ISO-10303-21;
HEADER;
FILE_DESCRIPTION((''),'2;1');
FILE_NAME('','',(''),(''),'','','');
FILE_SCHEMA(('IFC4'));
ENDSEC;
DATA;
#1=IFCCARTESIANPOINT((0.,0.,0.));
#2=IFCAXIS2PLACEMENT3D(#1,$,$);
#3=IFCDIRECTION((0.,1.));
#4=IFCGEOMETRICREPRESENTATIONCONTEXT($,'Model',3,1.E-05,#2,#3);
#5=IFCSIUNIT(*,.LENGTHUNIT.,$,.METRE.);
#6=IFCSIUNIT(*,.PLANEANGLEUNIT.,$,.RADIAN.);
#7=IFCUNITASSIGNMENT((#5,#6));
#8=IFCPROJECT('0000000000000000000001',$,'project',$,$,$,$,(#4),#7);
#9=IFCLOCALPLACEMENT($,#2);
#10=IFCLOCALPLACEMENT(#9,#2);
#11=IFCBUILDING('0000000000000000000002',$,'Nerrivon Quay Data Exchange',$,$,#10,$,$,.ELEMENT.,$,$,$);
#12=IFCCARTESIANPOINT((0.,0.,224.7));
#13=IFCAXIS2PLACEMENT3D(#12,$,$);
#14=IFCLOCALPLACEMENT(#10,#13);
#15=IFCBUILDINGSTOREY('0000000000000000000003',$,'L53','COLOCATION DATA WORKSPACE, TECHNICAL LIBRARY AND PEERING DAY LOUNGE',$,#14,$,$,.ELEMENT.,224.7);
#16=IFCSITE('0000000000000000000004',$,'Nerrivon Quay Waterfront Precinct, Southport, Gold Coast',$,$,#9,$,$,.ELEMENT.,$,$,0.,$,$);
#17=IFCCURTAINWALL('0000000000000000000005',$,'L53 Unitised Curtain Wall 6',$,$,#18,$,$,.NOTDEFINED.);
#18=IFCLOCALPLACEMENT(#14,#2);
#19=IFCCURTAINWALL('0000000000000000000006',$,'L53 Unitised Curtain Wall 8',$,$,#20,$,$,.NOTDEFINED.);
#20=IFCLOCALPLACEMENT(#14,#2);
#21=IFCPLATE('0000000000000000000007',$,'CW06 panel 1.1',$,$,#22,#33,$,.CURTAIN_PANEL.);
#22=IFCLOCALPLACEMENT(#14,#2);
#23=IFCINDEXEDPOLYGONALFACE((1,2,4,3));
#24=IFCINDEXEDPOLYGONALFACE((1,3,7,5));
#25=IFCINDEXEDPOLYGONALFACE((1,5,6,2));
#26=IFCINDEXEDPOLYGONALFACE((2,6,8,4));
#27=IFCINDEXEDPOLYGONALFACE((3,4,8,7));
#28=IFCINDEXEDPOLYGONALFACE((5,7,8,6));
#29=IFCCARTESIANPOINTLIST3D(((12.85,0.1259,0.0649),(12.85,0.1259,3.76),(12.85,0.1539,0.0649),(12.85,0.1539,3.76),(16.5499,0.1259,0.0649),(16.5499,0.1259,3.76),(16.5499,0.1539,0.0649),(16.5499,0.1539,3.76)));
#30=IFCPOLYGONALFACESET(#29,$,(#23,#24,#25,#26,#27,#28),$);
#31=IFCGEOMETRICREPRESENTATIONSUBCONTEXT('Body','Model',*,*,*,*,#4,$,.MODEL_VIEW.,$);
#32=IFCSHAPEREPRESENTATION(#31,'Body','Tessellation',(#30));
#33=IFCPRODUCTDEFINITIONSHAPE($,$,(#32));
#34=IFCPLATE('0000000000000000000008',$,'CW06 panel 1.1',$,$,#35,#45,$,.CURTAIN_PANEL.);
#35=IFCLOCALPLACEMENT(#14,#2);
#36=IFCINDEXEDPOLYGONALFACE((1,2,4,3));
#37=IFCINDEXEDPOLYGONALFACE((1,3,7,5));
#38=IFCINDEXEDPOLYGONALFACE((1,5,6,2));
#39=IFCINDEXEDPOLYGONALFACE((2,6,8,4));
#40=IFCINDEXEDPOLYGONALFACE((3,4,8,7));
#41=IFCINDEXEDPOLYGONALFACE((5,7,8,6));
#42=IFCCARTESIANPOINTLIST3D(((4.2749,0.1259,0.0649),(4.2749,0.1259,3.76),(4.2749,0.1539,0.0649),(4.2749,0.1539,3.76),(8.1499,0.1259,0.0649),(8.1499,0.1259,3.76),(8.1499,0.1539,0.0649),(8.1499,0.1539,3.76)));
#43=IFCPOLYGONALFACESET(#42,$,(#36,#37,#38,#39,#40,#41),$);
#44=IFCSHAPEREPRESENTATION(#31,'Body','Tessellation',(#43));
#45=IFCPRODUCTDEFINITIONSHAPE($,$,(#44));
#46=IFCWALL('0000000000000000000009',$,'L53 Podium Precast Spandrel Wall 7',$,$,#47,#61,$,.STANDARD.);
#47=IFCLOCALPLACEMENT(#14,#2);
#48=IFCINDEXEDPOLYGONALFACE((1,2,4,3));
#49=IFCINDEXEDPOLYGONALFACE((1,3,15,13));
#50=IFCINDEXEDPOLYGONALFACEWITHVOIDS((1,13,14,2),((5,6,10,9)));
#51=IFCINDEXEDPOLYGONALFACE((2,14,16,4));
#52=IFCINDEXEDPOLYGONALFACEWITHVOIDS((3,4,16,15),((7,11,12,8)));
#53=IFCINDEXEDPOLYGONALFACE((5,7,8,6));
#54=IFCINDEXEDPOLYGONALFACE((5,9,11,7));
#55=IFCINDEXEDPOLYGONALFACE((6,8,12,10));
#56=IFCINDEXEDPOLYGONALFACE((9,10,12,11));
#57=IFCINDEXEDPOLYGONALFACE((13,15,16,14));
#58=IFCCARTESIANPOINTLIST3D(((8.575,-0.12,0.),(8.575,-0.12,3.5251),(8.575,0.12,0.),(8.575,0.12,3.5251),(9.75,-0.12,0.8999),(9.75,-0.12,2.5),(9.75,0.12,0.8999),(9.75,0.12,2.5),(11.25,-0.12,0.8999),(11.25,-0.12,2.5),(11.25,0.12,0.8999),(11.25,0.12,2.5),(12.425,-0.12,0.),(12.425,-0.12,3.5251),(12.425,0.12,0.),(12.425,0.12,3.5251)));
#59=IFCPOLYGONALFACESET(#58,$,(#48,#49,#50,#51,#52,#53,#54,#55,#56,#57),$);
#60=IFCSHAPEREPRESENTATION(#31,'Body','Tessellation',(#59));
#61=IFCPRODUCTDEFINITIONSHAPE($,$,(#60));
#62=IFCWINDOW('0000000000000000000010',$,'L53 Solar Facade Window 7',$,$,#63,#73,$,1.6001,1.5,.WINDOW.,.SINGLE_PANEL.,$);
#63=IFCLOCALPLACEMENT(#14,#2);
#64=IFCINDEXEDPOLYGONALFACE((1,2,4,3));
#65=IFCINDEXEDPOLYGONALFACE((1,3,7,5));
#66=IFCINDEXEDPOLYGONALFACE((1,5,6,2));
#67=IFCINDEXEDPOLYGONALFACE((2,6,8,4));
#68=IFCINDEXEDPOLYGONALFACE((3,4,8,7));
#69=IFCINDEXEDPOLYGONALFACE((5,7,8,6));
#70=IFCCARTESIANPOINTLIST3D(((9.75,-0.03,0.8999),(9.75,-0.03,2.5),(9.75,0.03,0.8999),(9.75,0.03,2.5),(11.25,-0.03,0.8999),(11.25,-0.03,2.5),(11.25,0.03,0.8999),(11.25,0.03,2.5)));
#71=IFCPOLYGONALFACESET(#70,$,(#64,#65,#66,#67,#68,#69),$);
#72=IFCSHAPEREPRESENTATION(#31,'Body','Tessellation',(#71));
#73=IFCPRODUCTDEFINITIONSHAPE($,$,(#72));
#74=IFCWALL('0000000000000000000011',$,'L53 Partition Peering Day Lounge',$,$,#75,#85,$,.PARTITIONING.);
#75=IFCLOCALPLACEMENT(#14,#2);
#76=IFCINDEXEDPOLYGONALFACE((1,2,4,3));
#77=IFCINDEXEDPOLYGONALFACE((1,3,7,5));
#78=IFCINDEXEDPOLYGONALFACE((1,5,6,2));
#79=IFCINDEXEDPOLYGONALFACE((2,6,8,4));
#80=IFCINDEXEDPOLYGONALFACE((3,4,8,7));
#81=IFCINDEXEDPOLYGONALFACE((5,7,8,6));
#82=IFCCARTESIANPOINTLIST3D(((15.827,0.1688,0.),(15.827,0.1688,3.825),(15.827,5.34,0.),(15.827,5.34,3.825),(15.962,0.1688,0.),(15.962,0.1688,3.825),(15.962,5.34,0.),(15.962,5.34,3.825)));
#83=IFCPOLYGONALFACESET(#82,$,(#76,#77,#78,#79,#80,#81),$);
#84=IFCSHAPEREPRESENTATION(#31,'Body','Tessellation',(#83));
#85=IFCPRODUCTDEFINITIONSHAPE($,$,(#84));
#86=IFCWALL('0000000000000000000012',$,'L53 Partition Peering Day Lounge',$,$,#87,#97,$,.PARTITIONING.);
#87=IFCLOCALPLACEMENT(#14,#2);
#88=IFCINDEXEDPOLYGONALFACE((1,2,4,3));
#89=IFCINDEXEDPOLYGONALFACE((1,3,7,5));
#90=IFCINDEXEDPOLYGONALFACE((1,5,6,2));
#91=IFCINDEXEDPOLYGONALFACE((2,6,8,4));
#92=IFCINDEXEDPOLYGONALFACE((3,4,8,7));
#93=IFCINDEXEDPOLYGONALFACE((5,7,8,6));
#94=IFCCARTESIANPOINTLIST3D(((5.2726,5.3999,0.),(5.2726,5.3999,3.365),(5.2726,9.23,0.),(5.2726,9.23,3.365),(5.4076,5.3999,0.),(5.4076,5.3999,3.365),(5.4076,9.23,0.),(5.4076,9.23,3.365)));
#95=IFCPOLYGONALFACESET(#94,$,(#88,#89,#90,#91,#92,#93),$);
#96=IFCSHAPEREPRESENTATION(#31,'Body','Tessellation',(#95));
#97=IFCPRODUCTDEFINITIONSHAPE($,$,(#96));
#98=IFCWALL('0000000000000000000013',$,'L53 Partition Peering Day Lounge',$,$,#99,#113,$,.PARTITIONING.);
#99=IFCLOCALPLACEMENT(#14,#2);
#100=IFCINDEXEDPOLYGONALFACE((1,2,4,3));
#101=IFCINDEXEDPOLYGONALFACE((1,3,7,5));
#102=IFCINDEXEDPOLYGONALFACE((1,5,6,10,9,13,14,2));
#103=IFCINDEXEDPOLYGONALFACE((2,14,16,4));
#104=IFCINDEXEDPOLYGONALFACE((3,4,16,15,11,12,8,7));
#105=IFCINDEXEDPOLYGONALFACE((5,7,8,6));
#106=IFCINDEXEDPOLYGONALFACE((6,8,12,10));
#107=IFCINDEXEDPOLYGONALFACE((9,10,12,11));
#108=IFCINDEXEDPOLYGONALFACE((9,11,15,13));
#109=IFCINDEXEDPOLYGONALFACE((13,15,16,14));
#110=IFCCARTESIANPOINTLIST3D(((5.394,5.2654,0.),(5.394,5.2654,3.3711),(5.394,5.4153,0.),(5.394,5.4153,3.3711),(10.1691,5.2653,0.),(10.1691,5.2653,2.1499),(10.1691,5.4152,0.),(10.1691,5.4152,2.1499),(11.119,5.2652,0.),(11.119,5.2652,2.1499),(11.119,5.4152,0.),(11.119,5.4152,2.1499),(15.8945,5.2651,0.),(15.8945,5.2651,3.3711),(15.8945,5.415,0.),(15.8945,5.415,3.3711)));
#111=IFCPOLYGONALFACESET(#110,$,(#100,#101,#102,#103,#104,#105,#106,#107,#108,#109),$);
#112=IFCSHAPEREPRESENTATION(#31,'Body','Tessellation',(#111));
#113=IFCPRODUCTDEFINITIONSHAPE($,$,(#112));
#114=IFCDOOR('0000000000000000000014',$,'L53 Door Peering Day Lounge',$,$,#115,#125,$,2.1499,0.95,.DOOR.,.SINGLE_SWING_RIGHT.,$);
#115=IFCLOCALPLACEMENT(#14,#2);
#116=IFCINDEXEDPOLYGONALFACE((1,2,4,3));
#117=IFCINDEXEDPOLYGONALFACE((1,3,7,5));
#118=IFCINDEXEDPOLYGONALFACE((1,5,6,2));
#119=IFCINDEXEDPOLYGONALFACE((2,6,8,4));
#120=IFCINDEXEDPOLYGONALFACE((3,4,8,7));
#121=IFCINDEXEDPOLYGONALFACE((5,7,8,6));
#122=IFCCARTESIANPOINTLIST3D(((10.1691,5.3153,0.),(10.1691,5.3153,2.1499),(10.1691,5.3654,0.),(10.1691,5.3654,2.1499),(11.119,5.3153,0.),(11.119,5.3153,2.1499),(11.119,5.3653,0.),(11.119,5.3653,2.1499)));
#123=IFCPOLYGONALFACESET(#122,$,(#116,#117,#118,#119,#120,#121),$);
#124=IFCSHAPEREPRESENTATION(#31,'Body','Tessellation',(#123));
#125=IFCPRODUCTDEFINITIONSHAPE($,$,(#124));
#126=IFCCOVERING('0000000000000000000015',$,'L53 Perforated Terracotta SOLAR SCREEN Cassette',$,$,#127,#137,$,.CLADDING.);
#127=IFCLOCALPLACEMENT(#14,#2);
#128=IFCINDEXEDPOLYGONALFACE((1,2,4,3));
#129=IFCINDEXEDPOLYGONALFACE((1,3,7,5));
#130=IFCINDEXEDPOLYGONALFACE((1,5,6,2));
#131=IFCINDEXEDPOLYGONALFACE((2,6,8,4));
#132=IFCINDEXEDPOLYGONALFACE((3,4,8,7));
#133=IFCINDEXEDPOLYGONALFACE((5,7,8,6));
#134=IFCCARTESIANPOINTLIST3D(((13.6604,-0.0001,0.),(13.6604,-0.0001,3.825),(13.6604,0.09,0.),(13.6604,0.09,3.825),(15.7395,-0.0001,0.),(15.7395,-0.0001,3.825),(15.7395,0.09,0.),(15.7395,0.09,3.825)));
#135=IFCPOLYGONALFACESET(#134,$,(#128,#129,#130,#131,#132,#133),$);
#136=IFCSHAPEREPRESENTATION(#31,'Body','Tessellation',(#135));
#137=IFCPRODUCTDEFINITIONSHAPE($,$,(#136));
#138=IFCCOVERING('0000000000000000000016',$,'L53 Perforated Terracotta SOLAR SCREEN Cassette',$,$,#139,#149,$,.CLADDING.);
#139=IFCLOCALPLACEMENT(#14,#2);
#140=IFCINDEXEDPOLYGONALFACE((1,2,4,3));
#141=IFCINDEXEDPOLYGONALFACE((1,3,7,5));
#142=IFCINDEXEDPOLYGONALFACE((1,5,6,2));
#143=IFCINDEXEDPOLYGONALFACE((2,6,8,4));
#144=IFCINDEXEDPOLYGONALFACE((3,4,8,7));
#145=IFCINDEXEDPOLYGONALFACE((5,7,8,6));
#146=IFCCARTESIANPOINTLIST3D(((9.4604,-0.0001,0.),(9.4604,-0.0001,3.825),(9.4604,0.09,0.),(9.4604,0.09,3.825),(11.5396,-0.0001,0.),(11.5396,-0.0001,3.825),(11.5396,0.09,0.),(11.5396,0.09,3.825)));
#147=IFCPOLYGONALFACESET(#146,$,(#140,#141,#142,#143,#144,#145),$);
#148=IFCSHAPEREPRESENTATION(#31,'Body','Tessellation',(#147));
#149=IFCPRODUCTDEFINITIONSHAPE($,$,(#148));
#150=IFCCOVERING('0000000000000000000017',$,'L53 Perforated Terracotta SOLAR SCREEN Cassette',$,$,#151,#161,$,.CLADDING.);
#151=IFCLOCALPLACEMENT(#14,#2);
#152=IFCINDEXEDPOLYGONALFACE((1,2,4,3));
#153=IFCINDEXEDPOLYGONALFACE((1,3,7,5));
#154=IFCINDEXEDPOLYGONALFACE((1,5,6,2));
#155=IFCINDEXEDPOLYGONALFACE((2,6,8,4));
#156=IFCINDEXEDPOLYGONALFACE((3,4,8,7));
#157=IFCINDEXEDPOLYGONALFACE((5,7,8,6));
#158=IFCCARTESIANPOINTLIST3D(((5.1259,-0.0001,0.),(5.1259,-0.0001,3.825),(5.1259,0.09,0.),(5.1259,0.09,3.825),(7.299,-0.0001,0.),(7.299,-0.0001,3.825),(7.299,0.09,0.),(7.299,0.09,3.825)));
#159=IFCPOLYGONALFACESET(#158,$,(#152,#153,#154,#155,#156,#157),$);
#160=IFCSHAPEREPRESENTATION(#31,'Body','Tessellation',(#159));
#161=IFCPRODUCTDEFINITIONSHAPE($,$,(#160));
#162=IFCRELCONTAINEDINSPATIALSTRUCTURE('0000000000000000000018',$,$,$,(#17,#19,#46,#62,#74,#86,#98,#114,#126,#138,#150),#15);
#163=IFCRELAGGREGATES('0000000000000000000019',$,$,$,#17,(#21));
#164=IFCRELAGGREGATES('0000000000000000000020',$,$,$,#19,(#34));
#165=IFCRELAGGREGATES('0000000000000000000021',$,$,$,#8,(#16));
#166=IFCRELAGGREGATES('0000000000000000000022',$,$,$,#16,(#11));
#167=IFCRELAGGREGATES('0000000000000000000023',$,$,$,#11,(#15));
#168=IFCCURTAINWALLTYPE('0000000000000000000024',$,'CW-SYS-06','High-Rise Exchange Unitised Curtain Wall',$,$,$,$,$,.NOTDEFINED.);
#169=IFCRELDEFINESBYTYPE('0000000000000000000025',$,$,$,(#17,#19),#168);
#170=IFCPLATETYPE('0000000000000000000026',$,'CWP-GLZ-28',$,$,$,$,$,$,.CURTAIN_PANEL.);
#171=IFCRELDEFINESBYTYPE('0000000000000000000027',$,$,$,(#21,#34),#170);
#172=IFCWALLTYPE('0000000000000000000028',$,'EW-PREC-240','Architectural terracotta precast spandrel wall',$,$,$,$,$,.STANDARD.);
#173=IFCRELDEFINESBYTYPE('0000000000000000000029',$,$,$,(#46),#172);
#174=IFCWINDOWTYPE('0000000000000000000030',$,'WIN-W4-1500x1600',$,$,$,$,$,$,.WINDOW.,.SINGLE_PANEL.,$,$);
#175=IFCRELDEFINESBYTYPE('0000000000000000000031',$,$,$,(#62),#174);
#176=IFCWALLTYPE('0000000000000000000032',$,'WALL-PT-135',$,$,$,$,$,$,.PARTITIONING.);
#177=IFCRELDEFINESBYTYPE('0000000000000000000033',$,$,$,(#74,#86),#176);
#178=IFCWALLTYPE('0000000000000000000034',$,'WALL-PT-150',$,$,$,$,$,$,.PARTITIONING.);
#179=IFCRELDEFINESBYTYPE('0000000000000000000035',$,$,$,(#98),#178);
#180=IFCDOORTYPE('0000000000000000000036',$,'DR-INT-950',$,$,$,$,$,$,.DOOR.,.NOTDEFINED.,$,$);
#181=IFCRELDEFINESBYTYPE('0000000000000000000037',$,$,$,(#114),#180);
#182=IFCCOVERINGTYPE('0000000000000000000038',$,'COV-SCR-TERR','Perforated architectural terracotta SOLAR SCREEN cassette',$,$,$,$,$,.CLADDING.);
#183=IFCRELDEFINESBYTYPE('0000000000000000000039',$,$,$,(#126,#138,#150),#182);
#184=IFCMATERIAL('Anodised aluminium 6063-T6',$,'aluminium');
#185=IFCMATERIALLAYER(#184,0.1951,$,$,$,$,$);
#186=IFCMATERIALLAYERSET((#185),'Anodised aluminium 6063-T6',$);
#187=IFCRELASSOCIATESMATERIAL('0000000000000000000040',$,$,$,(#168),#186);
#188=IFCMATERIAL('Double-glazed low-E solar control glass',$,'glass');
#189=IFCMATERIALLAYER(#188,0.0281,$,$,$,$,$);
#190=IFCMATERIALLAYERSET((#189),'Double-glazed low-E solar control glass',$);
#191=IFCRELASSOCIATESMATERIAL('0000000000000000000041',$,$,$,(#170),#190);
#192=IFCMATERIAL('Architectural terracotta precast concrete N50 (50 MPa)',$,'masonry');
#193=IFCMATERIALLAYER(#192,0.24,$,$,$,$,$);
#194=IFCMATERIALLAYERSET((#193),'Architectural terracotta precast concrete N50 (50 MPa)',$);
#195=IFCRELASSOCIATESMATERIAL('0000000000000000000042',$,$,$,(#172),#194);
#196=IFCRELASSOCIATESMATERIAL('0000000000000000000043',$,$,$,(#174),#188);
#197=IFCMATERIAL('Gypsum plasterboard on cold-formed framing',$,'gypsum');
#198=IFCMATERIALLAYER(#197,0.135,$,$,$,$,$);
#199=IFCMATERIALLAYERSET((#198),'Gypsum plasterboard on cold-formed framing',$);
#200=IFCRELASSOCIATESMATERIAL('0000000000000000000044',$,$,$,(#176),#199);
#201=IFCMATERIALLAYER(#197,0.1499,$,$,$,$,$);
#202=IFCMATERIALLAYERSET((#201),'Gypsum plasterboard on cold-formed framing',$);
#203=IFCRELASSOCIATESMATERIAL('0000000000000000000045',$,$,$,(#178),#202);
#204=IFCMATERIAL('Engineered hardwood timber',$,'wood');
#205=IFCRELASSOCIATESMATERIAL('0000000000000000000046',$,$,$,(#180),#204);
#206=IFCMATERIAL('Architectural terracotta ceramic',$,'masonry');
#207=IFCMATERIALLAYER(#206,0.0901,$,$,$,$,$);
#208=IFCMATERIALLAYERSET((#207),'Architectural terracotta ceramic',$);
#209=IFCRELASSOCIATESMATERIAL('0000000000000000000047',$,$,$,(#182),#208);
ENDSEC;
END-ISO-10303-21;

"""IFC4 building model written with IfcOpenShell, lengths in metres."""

from ifc_helpers import new_model, si_unit, direction, frame, frame_2d, origin, origin_2d, place, context, subcontext, project, spatial, rectangle, extrude, material, layer, layer_set, type_object, element, fill, aggregate, save


model = new_model("IFC4")

# Units and contexts
model_context = context("Model", 3, precision=1e-05, world=origin(), true_north=direction((0.0, 1.0)))
body_context = subcontext(model_context, "Body", "Model", "MODEL_VIEW")
ifc_project = project(units=[si_unit("LENGTHUNIT", "METRE"), si_unit("PLANEANGLEUNIT", "RADIAN")], contexts=[model_context])

# Site, building, storey
site_placement = place(None, origin())
site = spatial("IfcSite", under=ifc_project, at=site_placement, Name="Nerrivon Quay Waterfront Precinct, Southport, Gold Coast", CompositionType="ELEMENT", RefElevation=0.0)
building_placement = place(site_placement, origin())
building = spatial("IfcBuilding", under=site, at=building_placement, Name="Nerrivon Quay Data Exchange", CompositionType="ELEMENT")
storey_placement = place(building_placement, frame((0.0, 0.0, 224.7)))
storey = spatial("IfcBuildingStorey", under=building, at=storey_placement, Name="L53", Description="COLOCATION DATA WORKSPACE, TECHNICAL LIBRARY AND PEERING DAY LOUNGE", CompositionType="ELEMENT", Elevation=224.7)

# Curtain wall
ifc_material_1 = material(Name="Anodised aluminium 6063-T6", Category="aluminium")
ifc_layer_1 = layer(ifc_material_1, 0.1951)
ifc_layer_set_1 = layer_set([ifc_layer_1], Name="Anodised aluminium 6063-T6")
curtain_wall_type = type_object("IfcCurtainWallType", Name="CW-SYS-06", Description="High-Rise Exchange Unitised Curtain Wall", PredefinedType="NOTDEFINED", material=ifc_layer_set_1)
curtain_wall_1_placement = place(storey_placement, origin())
curtain_wall_1 = element("IfcCurtainWall", 1, at=curtain_wall_1_placement, inside=storey, type_object=curtain_wall_type, Name="L53 Unitised Curtain Wall 6", PredefinedType="NOTDEFINED")

# Curtain wall
curtain_wall_2_placement = place(storey_placement, origin())
curtain_wall_2 = element("IfcCurtainWall", 2, at=curtain_wall_2_placement, inside=storey, type_object=curtain_wall_type, Name="L53 Unitised Curtain Wall 8", PredefinedType="NOTDEFINED")

# Plates
ifc_material_2 = material(Name="Double-glazed low-E solar control glass", Category="glass")
ifc_layer_2 = layer(ifc_material_2, 0.0281)
ifc_layer_set_2 = layer_set([ifc_layer_2], Name="Double-glazed low-E solar control glass")
plate_type = type_object("IfcPlateType", Name="CWP-GLZ-28", PredefinedType="CURTAIN_PANEL", material=ifc_layer_set_2)
plate_1_placement = place(storey_placement, frame((14.7, 0.1399, 0.0649), z_axis=(0.0, 0.0, 1.0), x_axis=(-1.0, 0.0, 0.0)))
plate_1 = element("IfcPlate", 3, at=plate_1_placement, type_object=plate_type, Name="CW06 panel 1.1", PredefinedType="CURTAIN_PANEL", context=body_context, shape_type="SweptSolid", body=[
    extrude(rectangle(XDim=3.7, YDim=0.0281, at=origin_2d()), origin(), (0.0, 0.0, 1.0), 3.6951),
])
aggregate(curtain_wall_1, [plate_1])
plate_2_placement = place(storey_placement, frame((6.2124, 0.1399, 0.0649), z_axis=(0.0, 0.0, 1.0), x_axis=(-1.0, 0.0, 0.0)))
plate_2 = element("IfcPlate", 4, at=plate_2_placement, type_object=plate_type, Name="CW06 panel 1.1", PredefinedType="CURTAIN_PANEL", context=body_context, shape_type="SweptSolid", body=[
    extrude(rectangle(XDim=3.875, YDim=0.0281, at=origin_2d()), origin(), (0.0, 0.0, 1.0), 3.6951),
])
aggregate(curtain_wall_2, [plate_2])

# Wall, opening, window
ifc_material_3 = material(Name="Architectural terracotta precast concrete N50 (50 MPa)", Category="masonry")
ifc_layer_3 = layer(ifc_material_3, 0.24)
ifc_layer_set_3 = layer_set([ifc_layer_3], Name="Architectural terracotta precast concrete N50 (50 MPa)")
wall_type_1 = type_object("IfcWallType", Name="EW-PREC-240", Description="Architectural terracotta precast spandrel wall", PredefinedType="STANDARD", material=ifc_layer_set_3)
wall_1_placement = place(storey_placement, frame((12.425, 0.0, 0.0), z_axis=(0.0, 0.0, 1.0), x_axis=(-1.0, 0.0, 0.0)))
wall_1 = element("IfcWall", 5, at=wall_1_placement, inside=storey, type_object=wall_type_1, Name="L53 Podium Precast Spandrel Wall 7", PredefinedType="STANDARD", context=body_context, shape_type="SweptSolid", body=[
    extrude(rectangle(XDim=3.8501, YDim=0.24, at=frame_2d((1.925, 0.0))), origin(), (0.0, 0.0, 1.0), 3.5251),
])
opening_1_placement = place(wall_1_placement, frame((1.175, 0.0, 0.8999)))
opening_1 = element("IfcOpeningElement", 6, at=opening_1_placement, cuts=wall_1, PredefinedType="OPENING", context=body_context, shape_type="SweptSolid", body=[
    extrude(rectangle(XDim=1.5, YDim=1.6001, at=frame_2d((0.75, 0.8))), frame((0.0, 0.1299, 0.0), z_axis=(0.0, -1.0, 0.0), x_axis=(1.0, 0.0, 0.0)), (0.0, 0.0, 1.0), 0.26),
])
window_type = type_object("IfcWindowType", Name="WIN-W4-1500x1600", PartitioningType="SINGLE_PANEL", PredefinedType="WINDOW", material=ifc_material_2)
window_placement = place(opening_1_placement, origin())
window = element("IfcWindow", 7, at=window_placement, inside=storey, type_object=window_type, Name="L53 Solar Facade Window 7", OverallHeight=1.6001, OverallWidth=1.5, PartitioningType="SINGLE_PANEL", PredefinedType="WINDOW", context=body_context, shape_type="SweptSolid", body=[
    extrude(rectangle(XDim=1.5, YDim=1.6001, at=frame_2d((0.75, 0.8))), frame((0.0, 0.03, 0.0), z_axis=(0.0, -1.0, 0.0), x_axis=(1.0, 0.0, 0.0)), (0.0, 0.0, 1.0), 0.0601),
])
fill(opening_1, window)

# Walls
ifc_material_4 = material(Name="Gypsum plasterboard on cold-formed framing", Category="gypsum")
ifc_layer_4 = layer(ifc_material_4, 0.135)
ifc_layer_set_4 = layer_set([ifc_layer_4], Name="Gypsum plasterboard on cold-formed framing")
wall_type_2 = type_object("IfcWallType", Name="WALL-PT-135", PredefinedType="PARTITIONING", material=ifc_layer_set_4)
wall_2_placement = place(storey_placement, frame((15.8945, 0.1689, 0.0), z_axis=(0.0, 0.0, 1.0), x_axis=(0.0, 1.0, 0.0)))
element("IfcWall", 8, at=wall_2_placement, inside=storey, type_object=wall_type_2, Name="L53 Partition Peering Day Lounge", PredefinedType="PARTITIONING", context=body_context, shape_type="SweptSolid", body=[
    extrude(rectangle(XDim=5.1711, YDim=0.135, at=frame_2d((2.5854, 0.0))), origin(), (0.0, 0.0, 1.0), 3.825),
])
wall_3_placement = place(storey_placement, frame((5.3401, 5.3999, 0.0), z_axis=(0.0, 0.0, 1.0), x_axis=(0.0, 1.0, 0.0)))
element("IfcWall", 9, at=wall_3_placement, inside=storey, type_object=wall_type_2, Name="L53 Partition Peering Day Lounge", PredefinedType="PARTITIONING", context=body_context, shape_type="SweptSolid", body=[
    extrude(rectangle(XDim=3.8301, YDim=0.135, at=frame_2d((1.915, 0.0))), origin(), (0.0, 0.0, 1.0), 3.365),
])

# Wall, opening, door
ifc_layer_5 = layer(ifc_material_4, 0.1499)
ifc_layer_set_5 = layer_set([ifc_layer_5], Name="Gypsum plasterboard on cold-formed framing")
wall_type_3 = type_object("IfcWallType", Name="WALL-PT-150", PredefinedType="PARTITIONING", material=ifc_layer_set_5)
wall_4_placement = place(storey_placement, frame((15.8945, 5.3401, 0.0), z_axis=(0.0, 0.0, 1.0), x_axis=(-1.0, 0.000023, 0.0)))
wall_4 = element("IfcWall", 10, at=wall_4_placement, inside=storey, type_object=wall_type_3, Name="L53 Partition Peering Day Lounge", PredefinedType="PARTITIONING", context=body_context, shape_type="SweptSolid", body=[
    extrude(rectangle(XDim=10.5005, YDim=0.1499, at=frame_2d((5.2502, 0.0))), origin(), (0.0, 0.0, 1.0), 3.3711),
])
opening_2_placement = place(wall_4_placement, frame((4.7754, 0.0, 0.0)))
opening_2 = element("IfcOpeningElement", 11, at=opening_2_placement, cuts=wall_4, PredefinedType="OPENING", context=body_context, shape_type="SweptSolid", body=[
    extrude(rectangle(XDim=0.95, YDim=2.1499, at=frame_2d((0.4751, 1.075))), frame((0.0, 0.085, 0.0), z_axis=(0.0, -1.0, 0.0), x_axis=(1.0, 0.0, 0.0)), (0.0, 0.0, 1.0), 0.1699),
])
ifc_material_5 = material(Name="Engineered hardwood timber", Category="wood")
door_type = type_object("IfcDoorType", Name="DR-INT-950", OperationType="NOTDEFINED", PredefinedType="DOOR", material=ifc_material_5)
door_placement = place(opening_2_placement, origin())
door = element("IfcDoor", 12, at=door_placement, inside=storey, type_object=door_type, Name="L53 Door Peering Day Lounge", OperationType="SINGLE_SWING_RIGHT", OverallHeight=2.1499, OverallWidth=0.95, PredefinedType="DOOR", context=body_context, shape_type="SweptSolid", body=[
    extrude(rectangle(XDim=0.95, YDim=2.1499, at=frame_2d((0.4751, 1.075))), frame((0.0, 0.0249, 0.0), z_axis=(0.0, -1.0, 0.0), x_axis=(1.0, 0.0, 0.0)), (0.0, 0.0, 1.0), 0.05),
])
fill(opening_2, door)

# Coverings
ifc_material_6 = material(Name="Architectural terracotta ceramic", Category="masonry")
ifc_layer_6 = layer(ifc_material_6, 0.0901)
ifc_layer_set_6 = layer_set([ifc_layer_6], Name="Architectural terracotta ceramic")
covering_type = type_object("IfcCoveringType", Name="COV-SCR-TERR", Description="Perforated architectural terracotta SOLAR SCREEN cassette", PredefinedType="CLADDING", material=ifc_layer_set_6)
for number, where, z_axis, x_axis, name in (
    (13, (14.7, 0.0449, 0.0), (0.0, 0.0, 1.0), (-1.0, 0.0, 0.0), "L53 Perforated Terracotta SOLAR SCREEN Cassette"),
    (14, (10.5, 0.0449, 0.0), (0.0, 0.0, 1.0), (-1.0, 0.0, 0.0), "L53 Perforated Terracotta SOLAR SCREEN Cassette"),
):
    element("IfcCovering", number, at=place(storey_placement, frame(where, z_axis=z_axis, x_axis=x_axis)), inside=storey, type_object=covering_type, Name=name, PredefinedType="CLADDING", context=body_context, shape_type="SweptSolid", body=[
        extrude(rectangle(XDim=2.0791, YDim=0.0901, at=origin_2d()), origin(), (0.0, 0.0, 1.0), 3.825),
    ])
covering_placement = place(storey_placement, frame((6.2124, 0.0449, 0.0), z_axis=(0.0, 0.0, 1.0), x_axis=(-1.0, 0.0, 0.0)))
element("IfcCovering", 15, at=covering_placement, inside=storey, type_object=covering_type, Name="L53 Perforated Terracotta SOLAR SCREEN Cassette", PredefinedType="CLADDING", context=body_context, shape_type="SweptSolid", body=[
    extrude(rectangle(XDim=2.1731, YDim=0.0901, at=origin_2d()), origin(), (0.0, 0.0, 1.0), 3.825),
])

save(model, "model.ifc")
